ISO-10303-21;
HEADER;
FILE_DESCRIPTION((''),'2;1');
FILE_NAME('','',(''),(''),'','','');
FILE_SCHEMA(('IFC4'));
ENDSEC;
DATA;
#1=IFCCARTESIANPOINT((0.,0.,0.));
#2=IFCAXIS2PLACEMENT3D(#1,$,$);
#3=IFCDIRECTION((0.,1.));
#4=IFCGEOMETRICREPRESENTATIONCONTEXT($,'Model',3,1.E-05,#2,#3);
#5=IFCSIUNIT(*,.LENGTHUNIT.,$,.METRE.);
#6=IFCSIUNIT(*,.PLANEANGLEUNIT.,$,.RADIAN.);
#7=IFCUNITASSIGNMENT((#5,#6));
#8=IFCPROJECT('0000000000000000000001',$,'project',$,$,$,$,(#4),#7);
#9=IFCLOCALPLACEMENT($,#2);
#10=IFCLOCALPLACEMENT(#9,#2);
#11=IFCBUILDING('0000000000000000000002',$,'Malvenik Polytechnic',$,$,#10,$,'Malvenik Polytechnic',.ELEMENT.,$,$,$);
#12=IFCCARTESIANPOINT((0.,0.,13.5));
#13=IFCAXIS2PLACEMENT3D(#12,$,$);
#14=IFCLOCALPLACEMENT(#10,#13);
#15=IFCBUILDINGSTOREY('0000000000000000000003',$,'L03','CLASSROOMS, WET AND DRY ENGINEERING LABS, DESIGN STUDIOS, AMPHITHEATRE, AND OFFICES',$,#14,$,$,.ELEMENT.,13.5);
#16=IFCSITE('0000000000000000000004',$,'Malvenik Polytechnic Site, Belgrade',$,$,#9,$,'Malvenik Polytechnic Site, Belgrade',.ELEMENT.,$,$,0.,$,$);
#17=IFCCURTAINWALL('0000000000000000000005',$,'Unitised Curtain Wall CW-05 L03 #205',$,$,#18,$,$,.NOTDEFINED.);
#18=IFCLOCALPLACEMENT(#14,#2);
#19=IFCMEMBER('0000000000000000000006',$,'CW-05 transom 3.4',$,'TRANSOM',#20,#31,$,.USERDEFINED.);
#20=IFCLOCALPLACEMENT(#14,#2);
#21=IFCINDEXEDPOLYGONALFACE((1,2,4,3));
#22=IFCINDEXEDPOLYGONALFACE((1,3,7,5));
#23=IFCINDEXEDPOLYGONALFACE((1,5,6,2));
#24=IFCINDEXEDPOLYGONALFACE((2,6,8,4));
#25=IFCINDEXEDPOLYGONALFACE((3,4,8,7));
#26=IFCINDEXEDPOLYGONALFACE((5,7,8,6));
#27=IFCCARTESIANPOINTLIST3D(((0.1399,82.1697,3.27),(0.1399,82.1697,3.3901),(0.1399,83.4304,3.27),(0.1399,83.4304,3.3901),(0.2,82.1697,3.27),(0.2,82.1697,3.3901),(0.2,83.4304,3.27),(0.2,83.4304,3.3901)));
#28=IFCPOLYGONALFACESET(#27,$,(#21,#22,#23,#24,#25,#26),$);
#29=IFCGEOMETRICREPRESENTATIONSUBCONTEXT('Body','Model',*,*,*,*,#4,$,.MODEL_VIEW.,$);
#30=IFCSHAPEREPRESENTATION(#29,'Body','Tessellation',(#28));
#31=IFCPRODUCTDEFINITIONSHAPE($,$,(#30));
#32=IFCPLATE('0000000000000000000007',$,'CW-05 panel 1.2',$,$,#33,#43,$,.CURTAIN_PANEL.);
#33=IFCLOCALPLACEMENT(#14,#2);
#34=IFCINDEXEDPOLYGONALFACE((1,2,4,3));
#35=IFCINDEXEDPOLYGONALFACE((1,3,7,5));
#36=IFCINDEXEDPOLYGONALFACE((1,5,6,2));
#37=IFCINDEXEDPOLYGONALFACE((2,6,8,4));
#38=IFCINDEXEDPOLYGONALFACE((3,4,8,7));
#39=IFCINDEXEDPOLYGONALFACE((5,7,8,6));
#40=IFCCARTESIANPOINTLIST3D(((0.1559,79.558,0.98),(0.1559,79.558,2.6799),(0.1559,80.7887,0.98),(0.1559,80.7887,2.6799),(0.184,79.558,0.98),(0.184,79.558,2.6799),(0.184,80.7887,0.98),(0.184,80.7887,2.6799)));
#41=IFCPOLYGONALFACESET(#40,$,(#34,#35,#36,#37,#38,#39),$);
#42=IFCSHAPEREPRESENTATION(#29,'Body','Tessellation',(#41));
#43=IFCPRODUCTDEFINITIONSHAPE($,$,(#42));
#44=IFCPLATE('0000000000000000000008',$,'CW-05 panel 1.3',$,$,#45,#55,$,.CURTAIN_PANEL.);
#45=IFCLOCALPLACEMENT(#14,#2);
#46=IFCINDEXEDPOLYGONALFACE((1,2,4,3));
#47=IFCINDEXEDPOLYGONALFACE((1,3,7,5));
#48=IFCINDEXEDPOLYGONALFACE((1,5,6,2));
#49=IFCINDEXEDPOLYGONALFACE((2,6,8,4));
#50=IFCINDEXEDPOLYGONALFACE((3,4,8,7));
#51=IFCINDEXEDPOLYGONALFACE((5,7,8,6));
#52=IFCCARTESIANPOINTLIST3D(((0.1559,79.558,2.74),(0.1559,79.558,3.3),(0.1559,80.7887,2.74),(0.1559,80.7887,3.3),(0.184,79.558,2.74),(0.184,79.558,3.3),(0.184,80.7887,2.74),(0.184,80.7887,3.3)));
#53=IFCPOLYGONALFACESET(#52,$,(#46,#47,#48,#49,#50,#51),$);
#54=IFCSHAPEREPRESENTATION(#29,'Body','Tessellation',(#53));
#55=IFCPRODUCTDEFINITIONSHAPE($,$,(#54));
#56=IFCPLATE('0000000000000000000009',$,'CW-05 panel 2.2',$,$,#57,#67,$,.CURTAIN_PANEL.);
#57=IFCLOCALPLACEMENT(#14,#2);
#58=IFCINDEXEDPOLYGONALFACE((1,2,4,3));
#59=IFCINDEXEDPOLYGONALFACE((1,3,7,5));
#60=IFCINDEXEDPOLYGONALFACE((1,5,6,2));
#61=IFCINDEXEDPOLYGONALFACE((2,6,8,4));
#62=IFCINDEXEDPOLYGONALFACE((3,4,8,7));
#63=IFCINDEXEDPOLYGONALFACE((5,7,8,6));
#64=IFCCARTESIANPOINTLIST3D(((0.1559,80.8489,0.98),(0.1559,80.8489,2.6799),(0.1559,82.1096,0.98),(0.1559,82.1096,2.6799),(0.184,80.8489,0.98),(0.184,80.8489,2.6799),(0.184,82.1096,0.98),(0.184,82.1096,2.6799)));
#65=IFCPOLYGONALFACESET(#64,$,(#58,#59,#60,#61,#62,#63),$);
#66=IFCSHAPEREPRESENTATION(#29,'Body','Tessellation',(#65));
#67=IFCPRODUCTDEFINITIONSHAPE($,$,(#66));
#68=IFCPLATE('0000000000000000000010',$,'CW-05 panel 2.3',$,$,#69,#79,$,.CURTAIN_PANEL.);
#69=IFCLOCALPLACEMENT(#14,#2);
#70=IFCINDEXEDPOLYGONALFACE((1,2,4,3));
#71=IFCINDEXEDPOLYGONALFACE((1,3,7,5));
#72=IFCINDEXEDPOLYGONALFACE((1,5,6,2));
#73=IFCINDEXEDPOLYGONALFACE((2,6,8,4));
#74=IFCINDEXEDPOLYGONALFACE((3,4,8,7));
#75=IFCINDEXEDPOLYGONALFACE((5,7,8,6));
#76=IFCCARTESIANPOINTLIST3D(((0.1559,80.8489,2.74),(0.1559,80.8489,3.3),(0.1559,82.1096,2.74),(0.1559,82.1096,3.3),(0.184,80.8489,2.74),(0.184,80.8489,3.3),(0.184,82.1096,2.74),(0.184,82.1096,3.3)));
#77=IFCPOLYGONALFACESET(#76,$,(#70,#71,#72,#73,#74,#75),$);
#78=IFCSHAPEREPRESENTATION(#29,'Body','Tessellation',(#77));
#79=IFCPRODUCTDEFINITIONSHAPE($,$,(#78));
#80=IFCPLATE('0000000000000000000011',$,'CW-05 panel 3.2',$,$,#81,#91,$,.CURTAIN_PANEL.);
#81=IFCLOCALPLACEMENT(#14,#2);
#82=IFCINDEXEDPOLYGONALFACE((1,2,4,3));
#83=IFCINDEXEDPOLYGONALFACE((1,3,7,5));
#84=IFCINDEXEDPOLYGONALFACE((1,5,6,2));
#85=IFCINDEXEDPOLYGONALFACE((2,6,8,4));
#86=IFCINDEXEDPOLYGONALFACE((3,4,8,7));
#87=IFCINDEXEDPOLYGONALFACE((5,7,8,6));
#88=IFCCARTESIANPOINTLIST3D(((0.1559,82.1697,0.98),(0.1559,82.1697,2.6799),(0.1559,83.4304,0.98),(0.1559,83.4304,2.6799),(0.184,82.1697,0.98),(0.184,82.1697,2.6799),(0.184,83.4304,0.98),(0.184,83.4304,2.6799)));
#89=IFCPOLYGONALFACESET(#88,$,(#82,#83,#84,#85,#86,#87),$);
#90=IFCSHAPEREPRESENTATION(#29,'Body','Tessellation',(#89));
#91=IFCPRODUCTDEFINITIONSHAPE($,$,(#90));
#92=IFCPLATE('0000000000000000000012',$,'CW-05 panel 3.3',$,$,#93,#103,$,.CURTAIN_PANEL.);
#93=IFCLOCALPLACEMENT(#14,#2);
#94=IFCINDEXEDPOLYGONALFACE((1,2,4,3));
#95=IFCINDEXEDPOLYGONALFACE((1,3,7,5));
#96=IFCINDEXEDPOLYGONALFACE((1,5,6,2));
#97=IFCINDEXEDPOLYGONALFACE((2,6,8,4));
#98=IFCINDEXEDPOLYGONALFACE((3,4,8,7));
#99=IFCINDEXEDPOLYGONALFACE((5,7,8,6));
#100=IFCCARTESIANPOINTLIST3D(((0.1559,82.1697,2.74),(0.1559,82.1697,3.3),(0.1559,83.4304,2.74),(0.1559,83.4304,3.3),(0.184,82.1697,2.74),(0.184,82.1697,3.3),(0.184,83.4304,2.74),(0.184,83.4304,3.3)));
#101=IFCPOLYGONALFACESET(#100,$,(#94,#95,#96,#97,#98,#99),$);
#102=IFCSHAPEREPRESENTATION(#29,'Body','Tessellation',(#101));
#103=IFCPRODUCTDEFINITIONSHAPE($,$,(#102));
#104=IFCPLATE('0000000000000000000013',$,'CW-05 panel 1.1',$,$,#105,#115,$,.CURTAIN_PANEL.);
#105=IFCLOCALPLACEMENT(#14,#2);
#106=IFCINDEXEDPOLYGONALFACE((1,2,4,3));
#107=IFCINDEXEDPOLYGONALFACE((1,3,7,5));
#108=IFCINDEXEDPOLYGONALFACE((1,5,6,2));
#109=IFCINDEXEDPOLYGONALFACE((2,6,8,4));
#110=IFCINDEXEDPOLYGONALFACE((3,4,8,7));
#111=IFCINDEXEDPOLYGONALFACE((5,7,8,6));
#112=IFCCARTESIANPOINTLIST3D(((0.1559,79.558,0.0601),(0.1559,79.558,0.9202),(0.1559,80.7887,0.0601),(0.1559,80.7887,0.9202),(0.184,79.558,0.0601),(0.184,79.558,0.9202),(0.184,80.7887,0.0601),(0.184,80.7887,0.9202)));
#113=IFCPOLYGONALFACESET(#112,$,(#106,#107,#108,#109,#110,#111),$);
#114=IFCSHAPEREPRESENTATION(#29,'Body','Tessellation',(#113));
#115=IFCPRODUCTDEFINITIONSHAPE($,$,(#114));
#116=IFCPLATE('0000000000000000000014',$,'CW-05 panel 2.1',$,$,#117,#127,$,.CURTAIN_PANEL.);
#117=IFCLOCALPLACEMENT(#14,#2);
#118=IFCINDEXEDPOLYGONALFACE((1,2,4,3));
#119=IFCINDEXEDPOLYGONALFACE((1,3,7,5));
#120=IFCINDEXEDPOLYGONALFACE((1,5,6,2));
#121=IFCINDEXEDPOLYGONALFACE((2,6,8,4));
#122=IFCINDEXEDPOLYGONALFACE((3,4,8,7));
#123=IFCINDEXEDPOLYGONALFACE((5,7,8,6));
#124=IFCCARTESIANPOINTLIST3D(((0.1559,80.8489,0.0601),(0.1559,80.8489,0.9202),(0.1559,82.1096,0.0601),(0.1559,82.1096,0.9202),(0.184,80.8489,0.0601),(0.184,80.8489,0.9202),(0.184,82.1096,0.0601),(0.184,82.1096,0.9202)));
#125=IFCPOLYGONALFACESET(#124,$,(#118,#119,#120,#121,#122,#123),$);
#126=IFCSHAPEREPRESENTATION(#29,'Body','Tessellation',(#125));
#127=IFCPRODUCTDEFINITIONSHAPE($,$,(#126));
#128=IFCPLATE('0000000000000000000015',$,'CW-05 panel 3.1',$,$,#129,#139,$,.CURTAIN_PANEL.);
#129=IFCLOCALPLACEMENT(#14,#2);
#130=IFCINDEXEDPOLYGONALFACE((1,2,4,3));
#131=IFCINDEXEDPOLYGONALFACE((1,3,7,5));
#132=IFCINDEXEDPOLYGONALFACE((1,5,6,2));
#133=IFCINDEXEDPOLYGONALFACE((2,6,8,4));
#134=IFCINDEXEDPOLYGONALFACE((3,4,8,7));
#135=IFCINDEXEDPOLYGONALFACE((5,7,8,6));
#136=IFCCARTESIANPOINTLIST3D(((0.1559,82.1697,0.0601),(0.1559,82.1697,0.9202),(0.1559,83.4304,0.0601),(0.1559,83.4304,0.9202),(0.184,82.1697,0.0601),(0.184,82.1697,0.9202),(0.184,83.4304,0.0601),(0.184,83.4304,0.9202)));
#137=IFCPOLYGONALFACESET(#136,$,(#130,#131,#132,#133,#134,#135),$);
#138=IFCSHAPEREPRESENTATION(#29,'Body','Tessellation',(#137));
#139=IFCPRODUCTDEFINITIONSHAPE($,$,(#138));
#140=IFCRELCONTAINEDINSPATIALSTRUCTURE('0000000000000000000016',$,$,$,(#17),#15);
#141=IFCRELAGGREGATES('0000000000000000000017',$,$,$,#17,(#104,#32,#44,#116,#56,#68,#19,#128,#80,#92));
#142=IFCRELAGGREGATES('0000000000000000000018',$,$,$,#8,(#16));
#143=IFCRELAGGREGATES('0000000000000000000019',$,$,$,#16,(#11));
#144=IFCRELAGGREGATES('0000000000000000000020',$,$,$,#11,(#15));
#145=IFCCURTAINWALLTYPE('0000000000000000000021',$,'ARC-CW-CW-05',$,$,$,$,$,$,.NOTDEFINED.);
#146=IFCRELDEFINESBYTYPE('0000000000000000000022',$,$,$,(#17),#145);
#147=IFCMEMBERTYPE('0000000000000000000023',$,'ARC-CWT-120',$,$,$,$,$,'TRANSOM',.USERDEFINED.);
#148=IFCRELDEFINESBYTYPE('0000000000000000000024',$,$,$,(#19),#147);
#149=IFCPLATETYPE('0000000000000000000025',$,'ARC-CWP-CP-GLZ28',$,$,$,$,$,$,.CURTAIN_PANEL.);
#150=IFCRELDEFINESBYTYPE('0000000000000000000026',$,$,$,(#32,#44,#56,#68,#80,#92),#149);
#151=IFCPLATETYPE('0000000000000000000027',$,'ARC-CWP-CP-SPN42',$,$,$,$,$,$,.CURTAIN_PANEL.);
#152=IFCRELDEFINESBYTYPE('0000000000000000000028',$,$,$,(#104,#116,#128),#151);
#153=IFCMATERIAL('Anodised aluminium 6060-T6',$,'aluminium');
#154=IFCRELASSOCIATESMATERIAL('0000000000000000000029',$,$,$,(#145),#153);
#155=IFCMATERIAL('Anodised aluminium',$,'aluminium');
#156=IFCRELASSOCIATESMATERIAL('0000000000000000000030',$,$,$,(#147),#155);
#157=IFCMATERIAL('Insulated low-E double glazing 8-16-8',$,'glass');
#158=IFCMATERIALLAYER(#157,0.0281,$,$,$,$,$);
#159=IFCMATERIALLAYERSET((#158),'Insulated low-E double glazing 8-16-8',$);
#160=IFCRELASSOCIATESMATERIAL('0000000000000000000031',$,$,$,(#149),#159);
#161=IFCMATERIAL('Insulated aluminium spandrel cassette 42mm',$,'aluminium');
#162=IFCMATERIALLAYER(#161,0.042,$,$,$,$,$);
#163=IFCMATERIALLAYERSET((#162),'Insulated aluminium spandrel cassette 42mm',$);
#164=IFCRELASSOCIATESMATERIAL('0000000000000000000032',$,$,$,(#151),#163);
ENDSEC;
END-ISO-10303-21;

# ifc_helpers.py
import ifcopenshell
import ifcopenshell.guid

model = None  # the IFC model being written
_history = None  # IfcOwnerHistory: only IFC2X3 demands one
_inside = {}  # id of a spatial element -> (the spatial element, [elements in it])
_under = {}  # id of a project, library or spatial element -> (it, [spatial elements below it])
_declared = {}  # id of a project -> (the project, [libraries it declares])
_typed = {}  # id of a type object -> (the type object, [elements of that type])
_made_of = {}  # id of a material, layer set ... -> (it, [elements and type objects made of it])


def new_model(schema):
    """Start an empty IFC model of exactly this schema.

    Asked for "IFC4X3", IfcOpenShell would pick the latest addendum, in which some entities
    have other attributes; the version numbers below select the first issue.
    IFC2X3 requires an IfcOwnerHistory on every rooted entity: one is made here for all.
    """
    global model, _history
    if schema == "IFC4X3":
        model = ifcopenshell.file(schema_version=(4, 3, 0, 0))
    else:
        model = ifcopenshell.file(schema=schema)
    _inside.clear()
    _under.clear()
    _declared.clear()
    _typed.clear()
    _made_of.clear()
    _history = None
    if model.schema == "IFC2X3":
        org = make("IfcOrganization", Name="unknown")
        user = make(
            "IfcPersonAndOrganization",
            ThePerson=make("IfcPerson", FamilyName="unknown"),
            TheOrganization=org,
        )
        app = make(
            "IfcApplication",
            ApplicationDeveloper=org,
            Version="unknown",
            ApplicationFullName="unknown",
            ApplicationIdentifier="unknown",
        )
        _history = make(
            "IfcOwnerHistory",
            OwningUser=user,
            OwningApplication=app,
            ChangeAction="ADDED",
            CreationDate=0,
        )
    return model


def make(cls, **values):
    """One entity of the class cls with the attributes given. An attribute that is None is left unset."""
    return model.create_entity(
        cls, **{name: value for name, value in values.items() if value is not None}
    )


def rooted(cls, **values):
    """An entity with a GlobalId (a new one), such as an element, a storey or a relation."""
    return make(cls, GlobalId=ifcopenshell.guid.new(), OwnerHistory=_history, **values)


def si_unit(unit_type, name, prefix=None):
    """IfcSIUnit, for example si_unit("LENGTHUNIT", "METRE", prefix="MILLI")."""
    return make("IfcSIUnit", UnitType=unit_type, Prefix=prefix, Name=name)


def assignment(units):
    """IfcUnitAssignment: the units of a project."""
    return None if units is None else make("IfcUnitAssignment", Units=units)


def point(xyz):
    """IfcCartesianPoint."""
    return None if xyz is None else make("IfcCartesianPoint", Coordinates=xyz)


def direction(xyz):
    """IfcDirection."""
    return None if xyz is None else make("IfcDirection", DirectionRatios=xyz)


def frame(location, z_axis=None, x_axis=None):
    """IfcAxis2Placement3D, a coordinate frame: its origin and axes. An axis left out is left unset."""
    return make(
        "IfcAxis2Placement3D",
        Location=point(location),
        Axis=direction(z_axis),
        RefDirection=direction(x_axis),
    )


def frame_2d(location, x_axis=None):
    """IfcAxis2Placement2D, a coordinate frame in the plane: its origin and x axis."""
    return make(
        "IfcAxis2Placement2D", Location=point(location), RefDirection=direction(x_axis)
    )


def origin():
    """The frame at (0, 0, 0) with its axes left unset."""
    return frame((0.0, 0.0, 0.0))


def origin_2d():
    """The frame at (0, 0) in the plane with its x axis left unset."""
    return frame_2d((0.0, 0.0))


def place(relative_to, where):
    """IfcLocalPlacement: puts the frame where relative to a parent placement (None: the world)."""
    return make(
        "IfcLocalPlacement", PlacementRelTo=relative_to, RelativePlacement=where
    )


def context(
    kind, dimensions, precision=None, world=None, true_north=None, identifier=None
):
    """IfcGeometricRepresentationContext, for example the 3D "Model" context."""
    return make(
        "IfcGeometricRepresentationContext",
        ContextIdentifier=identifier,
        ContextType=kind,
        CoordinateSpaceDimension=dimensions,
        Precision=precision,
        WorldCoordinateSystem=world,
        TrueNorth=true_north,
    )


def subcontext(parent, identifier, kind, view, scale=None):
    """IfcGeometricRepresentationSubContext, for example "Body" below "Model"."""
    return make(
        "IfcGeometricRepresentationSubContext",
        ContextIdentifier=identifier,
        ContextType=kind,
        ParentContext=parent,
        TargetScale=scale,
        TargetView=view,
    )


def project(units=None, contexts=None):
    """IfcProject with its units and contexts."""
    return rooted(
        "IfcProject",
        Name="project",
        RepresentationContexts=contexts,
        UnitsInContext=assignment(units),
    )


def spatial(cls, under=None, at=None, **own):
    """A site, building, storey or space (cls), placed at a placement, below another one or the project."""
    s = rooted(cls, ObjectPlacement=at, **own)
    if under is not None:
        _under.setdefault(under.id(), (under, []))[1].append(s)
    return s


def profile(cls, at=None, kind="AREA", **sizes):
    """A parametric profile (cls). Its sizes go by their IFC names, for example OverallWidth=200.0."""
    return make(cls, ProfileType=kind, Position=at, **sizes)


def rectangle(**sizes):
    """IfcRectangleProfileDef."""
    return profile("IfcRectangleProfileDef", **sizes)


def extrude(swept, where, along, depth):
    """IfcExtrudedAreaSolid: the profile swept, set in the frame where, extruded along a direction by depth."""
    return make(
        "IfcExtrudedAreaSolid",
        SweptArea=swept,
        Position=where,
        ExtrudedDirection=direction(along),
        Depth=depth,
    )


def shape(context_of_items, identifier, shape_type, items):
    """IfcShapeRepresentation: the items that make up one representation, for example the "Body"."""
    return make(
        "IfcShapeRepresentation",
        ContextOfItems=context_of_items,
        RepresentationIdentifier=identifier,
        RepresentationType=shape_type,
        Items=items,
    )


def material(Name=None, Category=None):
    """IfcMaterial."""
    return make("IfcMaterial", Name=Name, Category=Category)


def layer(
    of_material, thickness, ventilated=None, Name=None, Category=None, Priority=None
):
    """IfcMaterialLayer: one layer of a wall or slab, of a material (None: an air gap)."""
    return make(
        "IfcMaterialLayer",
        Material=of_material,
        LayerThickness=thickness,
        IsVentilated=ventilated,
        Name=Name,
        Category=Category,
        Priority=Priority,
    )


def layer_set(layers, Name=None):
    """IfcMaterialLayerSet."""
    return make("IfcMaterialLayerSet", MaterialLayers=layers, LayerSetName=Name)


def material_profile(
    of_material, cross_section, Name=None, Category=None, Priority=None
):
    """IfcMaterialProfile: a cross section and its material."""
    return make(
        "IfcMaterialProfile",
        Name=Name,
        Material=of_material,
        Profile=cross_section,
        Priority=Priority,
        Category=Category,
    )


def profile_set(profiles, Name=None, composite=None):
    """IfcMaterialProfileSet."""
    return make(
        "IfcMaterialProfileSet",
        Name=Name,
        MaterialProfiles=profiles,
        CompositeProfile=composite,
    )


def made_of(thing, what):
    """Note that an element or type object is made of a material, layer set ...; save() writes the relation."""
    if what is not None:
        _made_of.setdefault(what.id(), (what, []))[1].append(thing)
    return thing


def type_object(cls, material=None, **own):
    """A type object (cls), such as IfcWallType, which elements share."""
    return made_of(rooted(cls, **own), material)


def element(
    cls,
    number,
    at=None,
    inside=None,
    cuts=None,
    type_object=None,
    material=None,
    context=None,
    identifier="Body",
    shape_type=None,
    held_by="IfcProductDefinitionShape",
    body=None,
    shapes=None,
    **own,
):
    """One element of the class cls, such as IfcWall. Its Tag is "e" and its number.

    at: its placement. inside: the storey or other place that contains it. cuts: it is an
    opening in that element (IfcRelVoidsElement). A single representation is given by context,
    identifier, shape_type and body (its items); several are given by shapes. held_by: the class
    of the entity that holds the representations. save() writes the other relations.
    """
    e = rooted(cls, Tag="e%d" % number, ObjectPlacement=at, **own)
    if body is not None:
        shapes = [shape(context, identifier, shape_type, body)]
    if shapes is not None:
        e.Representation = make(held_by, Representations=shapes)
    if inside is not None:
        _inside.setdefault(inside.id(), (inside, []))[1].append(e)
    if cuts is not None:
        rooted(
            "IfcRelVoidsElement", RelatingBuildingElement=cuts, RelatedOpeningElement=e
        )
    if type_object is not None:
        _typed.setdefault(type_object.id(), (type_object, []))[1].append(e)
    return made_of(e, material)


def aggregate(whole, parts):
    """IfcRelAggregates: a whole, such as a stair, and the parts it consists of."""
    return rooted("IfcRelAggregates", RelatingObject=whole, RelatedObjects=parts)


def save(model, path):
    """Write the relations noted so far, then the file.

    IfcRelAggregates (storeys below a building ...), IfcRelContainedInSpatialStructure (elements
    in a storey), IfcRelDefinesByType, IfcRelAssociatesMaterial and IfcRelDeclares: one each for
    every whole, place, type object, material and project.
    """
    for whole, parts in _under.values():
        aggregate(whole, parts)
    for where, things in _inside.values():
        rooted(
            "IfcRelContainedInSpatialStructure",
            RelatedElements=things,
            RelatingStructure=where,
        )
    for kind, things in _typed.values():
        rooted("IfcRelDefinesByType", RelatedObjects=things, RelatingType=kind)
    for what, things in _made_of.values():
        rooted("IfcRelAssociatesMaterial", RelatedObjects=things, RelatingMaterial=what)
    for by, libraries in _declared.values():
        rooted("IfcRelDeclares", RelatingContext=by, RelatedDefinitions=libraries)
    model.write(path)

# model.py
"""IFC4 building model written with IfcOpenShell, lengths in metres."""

from ifc_helpers import new_model, si_unit, direction, frame, origin, origin_2d, place, context, subcontext, project, spatial, rectangle, extrude, material, layer, layer_set, material_profile, profile_set, type_object, element, aggregate, save


model = new_model("IFC4")

# Units and contexts
model_context = context("Model", 3, precision=1e-05, world=origin(), true_north=direction((0.0, 1.0)))
body_context = subcontext(model_context, "Body", "Model", "MODEL_VIEW")
ifc_project = project(units=[si_unit("LENGTHUNIT", "METRE"), si_unit("PLANEANGLEUNIT", "RADIAN")], contexts=[model_context])

# Site, building, storey
site_placement = place(None, origin())
site = spatial("IfcSite", under=ifc_project, at=site_placement, Name="Malvenik Polytechnic Site, Belgrade", LongName="Malvenik Polytechnic Site, Belgrade", CompositionType="ELEMENT", RefElevation=0.0)
building_placement = place(site_placement, origin())
building = spatial("IfcBuilding", under=site, at=building_placement, Name="Malvenik Polytechnic", LongName="Malvenik Polytechnic", CompositionType="ELEMENT")
storey_placement = place(building_placement, frame((0.0, 0.0, 13.5)))
storey = spatial("IfcBuildingStorey", under=building, at=storey_placement, Name="L03", Description="CLASSROOMS, WET AND DRY ENGINEERING LABS, DESIGN STUDIOS, AMPHITHEATRE, AND OFFICES", CompositionType="ELEMENT", Elevation=13.5)

# Curtain wall, member, plates
ifc_material_1 = material(Name="Anodised aluminium 6060-T6", Category="aluminium")
curtain_wall_type = type_object("IfcCurtainWallType", Name="ARC-CW-CW-05", PredefinedType="NOTDEFINED", material=ifc_material_1)
curtain_wall_placement = place(storey_placement, origin())
curtain_wall = element("IfcCurtainWall", 1, at=curtain_wall_placement, inside=storey, type_object=curtain_wall_type, Name="Unitised Curtain Wall CW-05 L03 #205", PredefinedType="NOTDEFINED")
ifc_material_2 = material(Name="Anodised aluminium", Category="aluminium")
ifc_material_profile_1 = material_profile(ifc_material_2, rectangle(XDim=0.0601, YDim=0.1201, at=origin_2d()), Name="ALU TRANSOM 60x120")
ifc_profile_set_1 = profile_set([ifc_material_profile_1], Name="Anodised aluminium")
member_type_1 = type_object("IfcMemberType", Name="ARC-CWT-120", ElementType="TRANSOM", PredefinedType="USERDEFINED", material=ifc_profile_set_1)
member_1_placement = place(storey_placement, frame((0.1699, 82.1697, 3.3301), z_axis=(0.0, 1.0, 0.0), x_axis=(-1.0, 0.0, 0.0)))
member_1 = element("IfcMember", 2, at=member_1_placement, type_object=member_type_1, Name="CW-05 transom 3.4", ObjectType="TRANSOM", PredefinedType="USERDEFINED", context=body_context, shape_type="SweptSolid", body=[
    extrude(rectangle(XDim=0.0601, YDim=0.1201, at=origin_2d()), origin(), (0.0, 0.0, 1.0), 1.2607),
])
ifc_material_3 = material(Name="Insulated low-E double glazing 8-16-8", Category="glass")
ifc_layer_1 = layer(ifc_material_3, 0.0281)
ifc_layer_set_1 = layer_set([ifc_layer_1], Name="Insulated low-E double glazing 8-16-8")
plate_type_1 = type_object("IfcPlateType", Name="ARC-CWP-CP-GLZ28", PredefinedType="CURTAIN_PANEL", material=ifc_layer_set_1)
plate_1_placement = place(storey_placement, frame((0.1699, 80.1733, 0.98), z_axis=(0.0, 0.0, 1.0), x_axis=(0.0, 1.0, 0.0)))
plate_1 = element("IfcPlate", 3, at=plate_1_placement, type_object=plate_type_1, Name="CW-05 panel 1.2", PredefinedType="CURTAIN_PANEL", context=body_context, shape_type="SweptSolid", body=[
    extrude(rectangle(XDim=1.2307, YDim=0.0281, at=origin_2d()), origin(), (0.0, 0.0, 1.0), 1.7),
])
plate_2_placement = place(storey_placement, frame((0.1699, 80.1733, 2.74), z_axis=(0.0, 0.0, 1.0), x_axis=(0.0, 1.0, 0.0)))
plate_2 = element("IfcPlate", 4, at=plate_2_placement, type_object=plate_type_1, Name="CW-05 panel 1.3", PredefinedType="CURTAIN_PANEL", context=body_context, shape_type="SweptSolid", body=[
    extrude(rectangle(XDim=1.2307, YDim=0.0281, at=origin_2d()), origin(), (0.0, 0.0, 1.0), 0.5601),
])
plate_3_placement = place(storey_placement, frame((0.1699, 81.4792, 0.98), z_axis=(0.0, 0.0, 1.0), x_axis=(0.0, 1.0, 0.0)))
plate_3 = element("IfcPlate", 5, at=plate_3_placement, type_object=plate_type_1, Name="CW-05 panel 2.2", PredefinedType="CURTAIN_PANEL", context=body_context, shape_type="SweptSolid", body=[
    extrude(rectangle(XDim=1.2607, YDim=0.0281, at=origin_2d()), origin(), (0.0, 0.0, 1.0), 1.7),
])
plate_4_placement = place(storey_placement, frame((0.1699, 81.4792, 2.74), z_axis=(0.0, 0.0, 1.0), x_axis=(0.0, 1.0, 0.0)))
plate_4 = element("IfcPlate", 6, at=plate_4_placement, type_object=plate_type_1, Name="CW-05 panel 2.3", PredefinedType="CURTAIN_PANEL", context=body_context, shape_type="SweptSolid", body=[
    extrude(rectangle(XDim=1.2607, YDim=0.0281, at=origin_2d()), origin(), (0.0, 0.0, 1.0), 0.5601),
])
plate_5_placement = place(storey_placement, frame((0.1699, 82.8, 0.98), z_axis=(0.0, 0.0, 1.0), x_axis=(0.0, 1.0, 0.0)))
plate_5 = element("IfcPlate", 7, at=plate_5_placement, type_object=plate_type_1, Name="CW-05 panel 3.2", PredefinedType="CURTAIN_PANEL", context=body_context, shape_type="SweptSolid", body=[
    extrude(rectangle(XDim=1.2607, YDim=0.0281, at=origin_2d()), origin(), (0.0, 0.0, 1.0), 1.7),
])
plate_6_placement = place(storey_placement, frame((0.1699, 82.8, 2.74), z_axis=(0.0, 0.0, 1.0), x_axis=(0.0, 1.0, 0.0)))
plate_6 = element("IfcPlate", 8, at=plate_6_placement, type_object=plate_type_1, Name="CW-05 panel 3.3", PredefinedType="CURTAIN_PANEL", context=body_context, shape_type="SweptSolid", body=[
    extrude(rectangle(XDim=1.2607, YDim=0.0281, at=origin_2d()), origin(), (0.0, 0.0, 1.0), 0.5601),
])
ifc_material_4 = material(Name="Insulated aluminium spandrel cassette 42mm", Category="aluminium")
ifc_layer_2 = layer(ifc_material_4, 0.042)
ifc_layer_set_2 = layer_set([ifc_layer_2], Name="Insulated aluminium spandrel cassette 42mm")
plate_type_2 = type_object("IfcPlateType", Name="ARC-CWP-CP-SPN42", PredefinedType="CURTAIN_PANEL", material=ifc_layer_set_2)
plate_7_placement = place(storey_placement, frame((0.1699, 80.1733, 0.0601), z_axis=(0.0, 0.0, 1.0), x_axis=(0.0, 1.0, 0.0)))
plate_7 = element("IfcPlate", 9, at=plate_7_placement, type_object=plate_type_2, Name="CW-05 panel 1.1", PredefinedType="CURTAIN_PANEL", context=body_context, shape_type="SweptSolid", body=[
    extrude(rectangle(XDim=1.2307, YDim=0.0281, at=origin_2d()), origin(), (0.0, 0.0, 1.0), 0.8601),
])
plate_8_placement = place(storey_placement, frame((0.1699, 81.4792, 0.0601), z_axis=(0.0, 0.0, 1.0), x_axis=(0.0, 1.0, 0.0)))
plate_8 = element("IfcPlate", 10, at=plate_8_placement, type_object=plate_type_2, Name="CW-05 panel 2.1", PredefinedType="CURTAIN_PANEL", context=body_context, shape_type="SweptSolid", body=[
    extrude(rectangle(XDim=1.2607, YDim=0.0281, at=origin_2d()), origin(), (0.0, 0.0, 1.0), 0.8601),
])
plate_9_placement = place(storey_placement, frame((0.1699, 82.8, 0.0601), z_axis=(0.0, 0.0, 1.0), x_axis=(0.0, 1.0, 0.0)))
plate_9 = element("IfcPlate", 11, at=plate_9_placement, type_object=plate_type_2, Name="CW-05 panel 3.1", PredefinedType="CURTAIN_PANEL", context=body_context, shape_type="SweptSolid", body=[
    extrude(rectangle(XDim=1.2607, YDim=0.0281, at=origin_2d()), origin(), (0.0, 0.0, 1.0), 0.8601),
])
aggregate(curtain_wall, [plate_7, plate_1, plate_2, plate_8, plate_3, plate_4, member_1, plate_9, plate_5, plate_6])

save(model, "model.ifc")
